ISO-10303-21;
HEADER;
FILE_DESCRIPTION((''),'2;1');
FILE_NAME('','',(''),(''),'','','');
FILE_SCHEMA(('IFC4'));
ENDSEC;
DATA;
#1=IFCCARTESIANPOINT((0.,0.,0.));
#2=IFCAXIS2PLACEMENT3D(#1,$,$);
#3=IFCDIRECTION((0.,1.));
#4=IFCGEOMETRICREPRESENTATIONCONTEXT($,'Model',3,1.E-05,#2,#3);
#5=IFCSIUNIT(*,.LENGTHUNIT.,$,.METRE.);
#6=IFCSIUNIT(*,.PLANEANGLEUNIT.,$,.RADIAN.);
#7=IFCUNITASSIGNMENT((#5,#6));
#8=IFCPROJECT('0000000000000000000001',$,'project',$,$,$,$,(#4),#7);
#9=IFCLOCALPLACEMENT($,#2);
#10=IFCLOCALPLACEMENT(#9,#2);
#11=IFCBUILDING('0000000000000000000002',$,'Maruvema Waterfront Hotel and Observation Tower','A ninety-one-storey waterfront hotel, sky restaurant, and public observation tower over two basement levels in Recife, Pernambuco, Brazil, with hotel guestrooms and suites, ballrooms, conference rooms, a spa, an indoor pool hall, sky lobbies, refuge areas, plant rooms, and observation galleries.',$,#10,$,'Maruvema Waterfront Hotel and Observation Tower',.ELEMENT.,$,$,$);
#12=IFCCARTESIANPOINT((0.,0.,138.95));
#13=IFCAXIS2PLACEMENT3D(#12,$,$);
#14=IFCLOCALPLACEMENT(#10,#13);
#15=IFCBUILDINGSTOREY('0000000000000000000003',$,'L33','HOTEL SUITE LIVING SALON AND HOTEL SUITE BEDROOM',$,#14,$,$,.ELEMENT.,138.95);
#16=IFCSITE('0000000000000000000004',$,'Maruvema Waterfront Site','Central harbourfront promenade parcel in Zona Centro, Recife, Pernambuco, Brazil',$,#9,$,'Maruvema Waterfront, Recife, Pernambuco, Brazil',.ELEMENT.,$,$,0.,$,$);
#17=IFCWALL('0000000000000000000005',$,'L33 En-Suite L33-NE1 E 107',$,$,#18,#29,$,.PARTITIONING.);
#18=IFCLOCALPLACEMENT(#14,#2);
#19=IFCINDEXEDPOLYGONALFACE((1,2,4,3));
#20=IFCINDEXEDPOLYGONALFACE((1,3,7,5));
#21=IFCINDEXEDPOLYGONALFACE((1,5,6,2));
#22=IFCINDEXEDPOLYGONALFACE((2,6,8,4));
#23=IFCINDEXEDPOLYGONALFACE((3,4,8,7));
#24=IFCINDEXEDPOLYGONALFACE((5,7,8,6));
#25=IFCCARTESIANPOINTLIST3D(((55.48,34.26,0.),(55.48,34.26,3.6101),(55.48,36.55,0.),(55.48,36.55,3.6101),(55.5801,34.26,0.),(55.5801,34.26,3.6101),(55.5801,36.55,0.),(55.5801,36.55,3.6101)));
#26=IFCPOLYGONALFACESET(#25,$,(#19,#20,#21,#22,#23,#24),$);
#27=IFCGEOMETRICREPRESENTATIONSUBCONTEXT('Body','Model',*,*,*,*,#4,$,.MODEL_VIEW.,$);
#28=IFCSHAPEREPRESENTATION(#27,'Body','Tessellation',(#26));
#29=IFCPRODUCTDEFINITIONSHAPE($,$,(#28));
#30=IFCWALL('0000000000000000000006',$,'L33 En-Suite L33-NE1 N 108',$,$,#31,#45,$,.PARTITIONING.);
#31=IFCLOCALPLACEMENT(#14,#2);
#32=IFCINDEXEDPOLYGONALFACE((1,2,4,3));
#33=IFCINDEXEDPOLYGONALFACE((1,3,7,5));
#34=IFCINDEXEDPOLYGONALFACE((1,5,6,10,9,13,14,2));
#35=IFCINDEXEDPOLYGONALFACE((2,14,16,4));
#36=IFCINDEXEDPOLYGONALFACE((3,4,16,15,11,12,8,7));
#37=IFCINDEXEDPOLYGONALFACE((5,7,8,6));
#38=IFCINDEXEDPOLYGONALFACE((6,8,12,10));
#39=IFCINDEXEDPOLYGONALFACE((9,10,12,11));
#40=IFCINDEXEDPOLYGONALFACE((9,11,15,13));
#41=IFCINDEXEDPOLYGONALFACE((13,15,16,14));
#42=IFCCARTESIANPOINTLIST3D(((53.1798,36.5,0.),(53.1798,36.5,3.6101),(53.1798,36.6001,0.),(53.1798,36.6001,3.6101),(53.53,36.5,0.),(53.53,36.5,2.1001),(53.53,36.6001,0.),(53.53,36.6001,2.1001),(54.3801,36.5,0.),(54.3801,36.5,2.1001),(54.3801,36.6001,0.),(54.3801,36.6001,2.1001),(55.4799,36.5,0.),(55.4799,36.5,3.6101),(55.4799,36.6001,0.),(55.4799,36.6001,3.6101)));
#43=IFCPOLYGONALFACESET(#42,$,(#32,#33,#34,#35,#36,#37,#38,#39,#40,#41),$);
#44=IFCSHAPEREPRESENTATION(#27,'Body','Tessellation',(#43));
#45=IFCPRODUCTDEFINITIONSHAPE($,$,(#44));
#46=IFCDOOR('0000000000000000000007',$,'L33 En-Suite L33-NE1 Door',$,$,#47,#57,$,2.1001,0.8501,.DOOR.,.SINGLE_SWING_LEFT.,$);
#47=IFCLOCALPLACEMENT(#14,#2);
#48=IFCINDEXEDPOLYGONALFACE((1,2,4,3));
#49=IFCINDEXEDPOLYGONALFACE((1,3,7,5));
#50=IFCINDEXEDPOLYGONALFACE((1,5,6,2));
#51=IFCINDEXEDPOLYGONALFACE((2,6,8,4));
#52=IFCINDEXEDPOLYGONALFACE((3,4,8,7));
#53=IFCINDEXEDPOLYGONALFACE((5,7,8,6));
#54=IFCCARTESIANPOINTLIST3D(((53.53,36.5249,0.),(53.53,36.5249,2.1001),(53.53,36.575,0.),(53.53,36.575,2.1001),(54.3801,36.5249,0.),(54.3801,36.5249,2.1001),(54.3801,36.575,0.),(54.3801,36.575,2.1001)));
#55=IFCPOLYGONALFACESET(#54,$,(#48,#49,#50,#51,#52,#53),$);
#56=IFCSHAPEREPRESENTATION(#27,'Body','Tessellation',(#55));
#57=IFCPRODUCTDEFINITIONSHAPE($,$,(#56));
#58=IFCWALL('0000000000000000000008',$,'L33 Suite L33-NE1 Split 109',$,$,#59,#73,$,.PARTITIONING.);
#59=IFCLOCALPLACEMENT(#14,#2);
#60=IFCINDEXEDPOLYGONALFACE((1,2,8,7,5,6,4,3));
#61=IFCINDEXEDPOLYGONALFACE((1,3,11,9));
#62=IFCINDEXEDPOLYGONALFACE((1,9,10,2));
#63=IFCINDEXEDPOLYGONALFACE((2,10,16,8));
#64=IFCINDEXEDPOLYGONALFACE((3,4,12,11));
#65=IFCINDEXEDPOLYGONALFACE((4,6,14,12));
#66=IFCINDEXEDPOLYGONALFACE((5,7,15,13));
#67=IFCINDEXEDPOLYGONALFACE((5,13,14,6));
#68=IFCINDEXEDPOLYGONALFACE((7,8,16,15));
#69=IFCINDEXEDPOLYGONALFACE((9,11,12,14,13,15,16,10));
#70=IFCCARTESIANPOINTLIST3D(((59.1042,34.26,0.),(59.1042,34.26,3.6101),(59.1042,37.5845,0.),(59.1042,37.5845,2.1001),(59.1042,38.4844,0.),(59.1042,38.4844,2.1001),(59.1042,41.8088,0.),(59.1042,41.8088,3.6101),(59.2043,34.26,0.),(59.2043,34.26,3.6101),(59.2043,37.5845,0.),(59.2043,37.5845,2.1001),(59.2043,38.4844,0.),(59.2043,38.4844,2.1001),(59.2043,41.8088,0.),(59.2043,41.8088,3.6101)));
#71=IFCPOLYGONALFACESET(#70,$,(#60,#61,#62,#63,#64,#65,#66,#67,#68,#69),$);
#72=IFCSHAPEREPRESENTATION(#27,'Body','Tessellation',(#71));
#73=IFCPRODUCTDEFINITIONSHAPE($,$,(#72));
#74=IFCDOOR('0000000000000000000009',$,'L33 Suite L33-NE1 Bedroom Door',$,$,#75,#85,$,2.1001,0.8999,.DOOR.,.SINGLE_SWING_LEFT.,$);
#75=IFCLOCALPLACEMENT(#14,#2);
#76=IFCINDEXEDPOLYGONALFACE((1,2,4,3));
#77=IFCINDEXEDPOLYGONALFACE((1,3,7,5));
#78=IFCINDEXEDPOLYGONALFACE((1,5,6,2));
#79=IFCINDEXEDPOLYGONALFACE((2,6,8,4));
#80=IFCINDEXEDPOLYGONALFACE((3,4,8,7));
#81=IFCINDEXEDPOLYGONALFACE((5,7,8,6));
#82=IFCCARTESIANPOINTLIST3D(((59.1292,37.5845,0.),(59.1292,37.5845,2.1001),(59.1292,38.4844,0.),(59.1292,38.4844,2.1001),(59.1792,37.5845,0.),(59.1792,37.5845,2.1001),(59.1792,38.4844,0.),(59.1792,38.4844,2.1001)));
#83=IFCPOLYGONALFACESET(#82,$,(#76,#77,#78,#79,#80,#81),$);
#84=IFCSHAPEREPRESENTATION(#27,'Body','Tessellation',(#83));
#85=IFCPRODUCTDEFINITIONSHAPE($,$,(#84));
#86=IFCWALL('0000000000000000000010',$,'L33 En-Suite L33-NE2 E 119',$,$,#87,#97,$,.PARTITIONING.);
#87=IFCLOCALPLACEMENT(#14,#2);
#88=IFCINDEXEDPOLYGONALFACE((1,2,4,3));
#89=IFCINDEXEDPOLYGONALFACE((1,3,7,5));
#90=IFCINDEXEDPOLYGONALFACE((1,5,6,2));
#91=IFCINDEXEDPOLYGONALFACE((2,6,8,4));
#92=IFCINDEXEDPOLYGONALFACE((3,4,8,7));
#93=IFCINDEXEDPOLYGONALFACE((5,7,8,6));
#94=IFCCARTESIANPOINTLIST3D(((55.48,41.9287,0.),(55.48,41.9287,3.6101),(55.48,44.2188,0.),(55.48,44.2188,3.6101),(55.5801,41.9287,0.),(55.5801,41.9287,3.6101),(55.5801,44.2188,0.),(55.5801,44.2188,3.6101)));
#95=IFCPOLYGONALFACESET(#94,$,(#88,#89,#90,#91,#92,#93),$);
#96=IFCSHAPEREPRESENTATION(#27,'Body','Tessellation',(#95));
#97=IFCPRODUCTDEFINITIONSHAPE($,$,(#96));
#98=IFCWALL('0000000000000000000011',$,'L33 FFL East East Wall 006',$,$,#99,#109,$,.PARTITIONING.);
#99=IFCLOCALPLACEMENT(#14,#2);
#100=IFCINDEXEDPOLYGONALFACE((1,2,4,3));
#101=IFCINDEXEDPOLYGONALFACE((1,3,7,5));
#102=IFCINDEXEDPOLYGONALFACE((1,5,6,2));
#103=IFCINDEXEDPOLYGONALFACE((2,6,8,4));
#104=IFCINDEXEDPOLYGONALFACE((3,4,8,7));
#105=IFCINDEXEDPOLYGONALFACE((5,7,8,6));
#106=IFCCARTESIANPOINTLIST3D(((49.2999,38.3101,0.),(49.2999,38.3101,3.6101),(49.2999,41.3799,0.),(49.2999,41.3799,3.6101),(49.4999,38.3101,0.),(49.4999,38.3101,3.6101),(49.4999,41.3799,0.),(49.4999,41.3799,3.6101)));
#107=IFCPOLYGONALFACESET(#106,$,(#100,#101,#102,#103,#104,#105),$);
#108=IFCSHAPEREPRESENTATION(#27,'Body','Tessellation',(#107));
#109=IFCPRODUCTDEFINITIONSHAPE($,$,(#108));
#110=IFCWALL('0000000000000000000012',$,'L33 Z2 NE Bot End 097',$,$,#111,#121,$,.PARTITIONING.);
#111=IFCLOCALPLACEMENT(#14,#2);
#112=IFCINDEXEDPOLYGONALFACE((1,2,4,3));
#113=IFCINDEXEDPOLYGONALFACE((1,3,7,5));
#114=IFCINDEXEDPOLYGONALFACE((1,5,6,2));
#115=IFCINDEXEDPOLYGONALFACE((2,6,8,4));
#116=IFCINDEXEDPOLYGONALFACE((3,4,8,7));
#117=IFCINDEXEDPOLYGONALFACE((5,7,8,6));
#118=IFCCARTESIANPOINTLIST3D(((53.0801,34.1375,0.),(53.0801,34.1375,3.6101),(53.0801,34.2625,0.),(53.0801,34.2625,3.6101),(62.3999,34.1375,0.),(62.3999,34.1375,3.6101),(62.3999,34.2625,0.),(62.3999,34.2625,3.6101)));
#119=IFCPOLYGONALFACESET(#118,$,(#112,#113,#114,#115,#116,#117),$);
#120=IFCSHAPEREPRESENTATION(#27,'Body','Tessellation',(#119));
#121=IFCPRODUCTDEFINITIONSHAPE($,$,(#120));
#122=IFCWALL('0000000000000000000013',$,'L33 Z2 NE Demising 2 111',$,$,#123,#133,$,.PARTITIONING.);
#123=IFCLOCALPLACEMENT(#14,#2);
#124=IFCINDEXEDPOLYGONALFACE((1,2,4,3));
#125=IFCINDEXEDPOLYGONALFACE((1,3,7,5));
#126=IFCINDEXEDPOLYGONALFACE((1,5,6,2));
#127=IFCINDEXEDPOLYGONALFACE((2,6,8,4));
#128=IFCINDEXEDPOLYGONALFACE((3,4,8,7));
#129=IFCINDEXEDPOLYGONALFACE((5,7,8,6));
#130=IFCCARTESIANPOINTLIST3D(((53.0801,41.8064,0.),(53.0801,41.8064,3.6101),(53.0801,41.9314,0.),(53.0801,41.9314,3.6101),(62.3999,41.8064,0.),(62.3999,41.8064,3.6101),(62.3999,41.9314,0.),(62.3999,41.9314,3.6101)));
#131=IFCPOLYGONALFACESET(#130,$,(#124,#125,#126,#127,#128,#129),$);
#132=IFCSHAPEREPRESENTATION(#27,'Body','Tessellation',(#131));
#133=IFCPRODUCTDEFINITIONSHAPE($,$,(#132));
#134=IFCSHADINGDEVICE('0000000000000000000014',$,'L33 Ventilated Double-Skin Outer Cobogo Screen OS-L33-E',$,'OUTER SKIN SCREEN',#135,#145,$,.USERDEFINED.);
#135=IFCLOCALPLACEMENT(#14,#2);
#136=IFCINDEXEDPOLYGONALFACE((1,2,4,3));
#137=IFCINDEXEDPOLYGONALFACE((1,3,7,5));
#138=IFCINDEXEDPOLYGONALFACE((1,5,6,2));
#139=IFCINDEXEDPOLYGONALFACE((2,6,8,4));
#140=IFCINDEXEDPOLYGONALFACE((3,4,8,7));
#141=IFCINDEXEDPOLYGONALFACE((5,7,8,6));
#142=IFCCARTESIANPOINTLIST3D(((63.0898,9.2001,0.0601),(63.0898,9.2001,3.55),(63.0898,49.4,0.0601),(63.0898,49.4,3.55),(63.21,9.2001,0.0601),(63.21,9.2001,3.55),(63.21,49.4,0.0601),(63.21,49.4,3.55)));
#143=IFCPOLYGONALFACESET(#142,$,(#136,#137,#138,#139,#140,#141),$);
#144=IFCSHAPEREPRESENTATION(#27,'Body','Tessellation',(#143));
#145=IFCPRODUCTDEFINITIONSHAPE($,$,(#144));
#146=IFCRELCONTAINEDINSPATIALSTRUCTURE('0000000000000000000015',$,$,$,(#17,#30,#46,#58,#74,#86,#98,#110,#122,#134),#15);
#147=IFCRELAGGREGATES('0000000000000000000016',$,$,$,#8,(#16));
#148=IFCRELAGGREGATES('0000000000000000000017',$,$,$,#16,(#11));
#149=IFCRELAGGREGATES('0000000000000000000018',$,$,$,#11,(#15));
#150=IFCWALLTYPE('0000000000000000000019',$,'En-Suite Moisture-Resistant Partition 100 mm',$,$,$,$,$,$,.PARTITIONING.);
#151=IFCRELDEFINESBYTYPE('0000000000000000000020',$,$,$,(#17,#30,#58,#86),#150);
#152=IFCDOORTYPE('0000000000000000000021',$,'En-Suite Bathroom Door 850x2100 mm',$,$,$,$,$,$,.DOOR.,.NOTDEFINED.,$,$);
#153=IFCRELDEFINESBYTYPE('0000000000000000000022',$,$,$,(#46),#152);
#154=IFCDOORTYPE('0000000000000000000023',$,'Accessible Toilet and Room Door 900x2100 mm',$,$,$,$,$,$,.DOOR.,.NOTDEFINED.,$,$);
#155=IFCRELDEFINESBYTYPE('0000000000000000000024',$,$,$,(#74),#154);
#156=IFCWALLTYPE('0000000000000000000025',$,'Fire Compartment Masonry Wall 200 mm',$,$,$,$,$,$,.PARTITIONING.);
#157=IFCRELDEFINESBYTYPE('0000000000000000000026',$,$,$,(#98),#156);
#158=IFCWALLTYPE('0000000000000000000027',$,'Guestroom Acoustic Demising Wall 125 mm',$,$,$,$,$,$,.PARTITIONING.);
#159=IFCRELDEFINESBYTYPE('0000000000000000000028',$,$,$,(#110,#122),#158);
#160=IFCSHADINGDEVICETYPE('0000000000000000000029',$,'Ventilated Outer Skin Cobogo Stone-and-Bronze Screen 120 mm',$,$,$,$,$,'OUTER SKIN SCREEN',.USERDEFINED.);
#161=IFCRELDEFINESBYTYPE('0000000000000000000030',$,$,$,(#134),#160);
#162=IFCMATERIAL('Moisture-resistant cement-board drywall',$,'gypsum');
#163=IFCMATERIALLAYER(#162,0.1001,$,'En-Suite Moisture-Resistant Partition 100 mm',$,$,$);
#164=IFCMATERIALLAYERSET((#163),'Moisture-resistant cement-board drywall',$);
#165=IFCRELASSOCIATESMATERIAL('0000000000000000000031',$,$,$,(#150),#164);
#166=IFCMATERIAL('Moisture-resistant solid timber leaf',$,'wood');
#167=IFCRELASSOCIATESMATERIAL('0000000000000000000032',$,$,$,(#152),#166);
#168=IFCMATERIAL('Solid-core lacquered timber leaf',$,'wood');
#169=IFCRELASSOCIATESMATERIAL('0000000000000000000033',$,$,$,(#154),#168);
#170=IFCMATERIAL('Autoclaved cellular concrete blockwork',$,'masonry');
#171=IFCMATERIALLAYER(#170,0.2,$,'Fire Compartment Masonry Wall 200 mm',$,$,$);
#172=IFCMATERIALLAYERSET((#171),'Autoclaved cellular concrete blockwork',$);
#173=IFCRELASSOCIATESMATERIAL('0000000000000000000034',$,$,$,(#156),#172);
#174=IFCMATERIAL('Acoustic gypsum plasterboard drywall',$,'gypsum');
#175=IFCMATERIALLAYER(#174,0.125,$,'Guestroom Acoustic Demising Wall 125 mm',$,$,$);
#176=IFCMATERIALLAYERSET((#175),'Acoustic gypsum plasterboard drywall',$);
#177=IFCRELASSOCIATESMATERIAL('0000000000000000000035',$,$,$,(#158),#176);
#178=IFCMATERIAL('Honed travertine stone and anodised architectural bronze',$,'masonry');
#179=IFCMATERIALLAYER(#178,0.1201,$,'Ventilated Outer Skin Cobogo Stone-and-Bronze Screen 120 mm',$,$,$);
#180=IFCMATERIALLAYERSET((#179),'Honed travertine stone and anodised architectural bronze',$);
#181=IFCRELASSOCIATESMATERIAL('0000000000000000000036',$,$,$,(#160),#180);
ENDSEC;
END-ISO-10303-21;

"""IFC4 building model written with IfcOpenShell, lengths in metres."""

from ifc_helpers import new_model, si_unit, direction, frame, frame_2d, origin, origin_2d, place, context, subcontext, project, spatial, rectangle, extrude, material, layer, layer_set, type_object, element, fill, save


model = new_model("IFC4")

# Units and contexts
model_context = context("Model", 3, precision=1e-05, world=origin(), true_north=direction((0.0, 1.0)))
body_context = subcontext(model_context, "Body", "Model", "MODEL_VIEW")
ifc_project = project(units=[si_unit("LENGTHUNIT", "METRE"), si_unit("PLANEANGLEUNIT", "RADIAN")], contexts=[model_context])

# Site, building, storey
site_placement = place(None, origin())
site = spatial("IfcSite", under=ifc_project, at=site_placement, Name="Maruvema Waterfront Site", Description="Central harbourfront promenade parcel in Zona Centro, Recife, Pernambuco, Brazil", LongName="Maruvema Waterfront, Recife, Pernambuco, Brazil", CompositionType="ELEMENT", RefElevation=0.0)
building_placement = place(site_placement, origin())
building = spatial("IfcBuilding", under=site, at=building_placement, Name="Maruvema Waterfront Hotel and Observation Tower", Description="A ninety-one-storey waterfront hotel, sky restaurant, and public observation tower over two basement levels in Recife, Pernambuco, Brazil, with hotel guestrooms and suites, ballrooms, conference rooms, a spa, an indoor pool hall, sky lobbies, refuge areas, plant rooms, and observation galleries.", LongName="Maruvema Waterfront Hotel and Observation Tower", CompositionType="ELEMENT")
storey_placement = place(building_placement, frame((0.0, 0.0, 138.95)))
storey = spatial("IfcBuildingStorey", under=building, at=storey_placement, Name="L33", Description="HOTEL SUITE LIVING SALON AND HOTEL SUITE BEDROOM", CompositionType="ELEMENT", Elevation=138.95)

# Wall
ifc_material_1 = material(Name="Moisture-resistant cement-board drywall", Category="gypsum")
ifc_layer_1 = layer(ifc_material_1, 0.1001, Name="En-Suite Moisture-Resistant Partition 100 mm")
ifc_layer_set_1 = layer_set([ifc_layer_1], Name="Moisture-resistant cement-board drywall")
wall_type_1 = type_object("IfcWallType", Name="En-Suite Moisture-Resistant Partition 100 mm", PredefinedType="PARTITIONING", material=ifc_layer_set_1)
wall_1_placement = place(storey_placement, frame((55.53, 34.26, 0.0), z_axis=(0.0, 0.0, 1.0), x_axis=(0.0, 1.0, 0.0)))
element("IfcWall", 1, at=wall_1_placement, inside=storey, type_object=wall_type_1, Name="L33 En-Suite L33-NE1 E 107", PredefinedType="PARTITIONING", context=body_context, shape_type="SweptSolid", body=[
    extrude(rectangle(XDim=2.29, YDim=0.1001, at=frame_2d((1.145, 0.0))), origin(), (0.0, 0.0, 1.0), 3.6101),
])

# Walls, openings, doors
wall_2_placement = place(storey_placement, frame((53.1799, 36.55, 0.0), z_axis=(0.0, 0.0, 1.0), x_axis=(1.0, 0.0, 0.0)))
wall_2 = element("IfcWall", 2, at=wall_2_placement, inside=storey, type_object=wall_type_1, Name="L33 En-Suite L33-NE1 N 108", PredefinedType="PARTITIONING", context=body_context, shape_type="SweptSolid", body=[
    extrude(rectangle(XDim=2.3, YDim=0.1001, at=frame_2d((1.1499, 0.0))), origin(), (0.0, 0.0, 1.0), 3.6101),
])
opening_1_placement = place(wall_2_placement, frame((0.3501, 0.0, 0.0)))
opening_1 = element("IfcOpeningElement", 3, at=opening_1_placement, cuts=wall_2, PredefinedType="OPENING", context=body_context, shape_type="SweptSolid", body=[
    extrude(rectangle(XDim=0.8501, YDim=2.1001, at=frame_2d((0.425, 1.05))), frame((0.0, 0.0601, 0.0), z_axis=(0.0, -1.0, 0.0), x_axis=(1.0, 0.0, 0.0)), (0.0, 0.0, 1.0), 0.1201),
])
ifc_material_2 = material(Name="Moisture-resistant solid timber leaf", Category="wood")
door_type_1 = type_object("IfcDoorType", Name="En-Suite Bathroom Door 850x2100 mm", OperationType="NOTDEFINED", PredefinedType="DOOR", material=ifc_material_2)
door_1_placement = place(opening_1_placement, origin())
door_1 = element("IfcDoor", 4, at=door_1_placement, inside=storey, type_object=door_type_1, Name="L33 En-Suite L33-NE1 Door", OperationType="SINGLE_SWING_LEFT", OverallHeight=2.1001, OverallWidth=0.8501, PredefinedType="DOOR", context=body_context, shape_type="SweptSolid", body=[
    extrude(rectangle(XDim=0.8501, YDim=2.1001, at=frame_2d((0.425, 1.05))), frame((0.0, 0.0249, 0.0), z_axis=(0.0, -1.0, 0.0), x_axis=(1.0, 0.0, 0.0)), (0.0, 0.0, 1.0), 0.05),
])
fill(opening_1, door_1)
wall_3_placement = place(storey_placement, frame((59.1543, 34.26, 0.0), z_axis=(0.0, 0.0, 1.0), x_axis=(0.0, 1.0, 0.0)))
wall_3 = element("IfcWall", 5, at=wall_3_placement, inside=storey, type_object=wall_type_1, Name="L33 Suite L33-NE1 Split 109", PredefinedType="PARTITIONING", context=body_context, shape_type="SweptSolid", body=[
    extrude(rectangle(XDim=7.5488, YDim=0.1001, at=frame_2d((3.7744, 0.0))), origin(), (0.0, 0.0, 1.0), 3.6101),
])
opening_2_placement = place(wall_3_placement, frame((3.3245, 0.0, 0.0)))
opening_2 = element("IfcOpeningElement", 6, at=opening_2_placement, cuts=wall_3, PredefinedType="OPENING", context=body_context, shape_type="SweptSolid", body=[
    extrude(rectangle(XDim=0.8999, YDim=2.1001, at=frame_2d((0.45, 1.05))), frame((0.0, 0.0601, 0.0), z_axis=(0.0, -1.0, 0.0), x_axis=(1.0, 0.0, 0.0)), (0.0, 0.0, 1.0), 0.1201),
])
ifc_material_3 = material(Name="Solid-core lacquered timber leaf", Category="wood")
door_type_2 = type_object("IfcDoorType", Name="Accessible Toilet and Room Door 900x2100 mm", OperationType="NOTDEFINED", PredefinedType="DOOR", material=ifc_material_3)
door_2_placement = place(opening_2_placement, frame((0.8999, 0.0, 0.0), z_axis=(0.0, 0.0, 1.0), x_axis=(-1.0, 0.0, 0.0)))
door_2 = element("IfcDoor", 7, at=door_2_placement, inside=storey, type_object=door_type_2, Name="L33 Suite L33-NE1 Bedroom Door", OperationType="SINGLE_SWING_LEFT", OverallHeight=2.1001, OverallWidth=0.8999, PredefinedType="DOOR", context=body_context, shape_type="SweptSolid", body=[
    extrude(rectangle(XDim=0.8999, YDim=2.1001, at=frame_2d((0.45, 1.05))), frame((0.0, 0.0249, 0.0), z_axis=(0.0, -1.0, 0.0), x_axis=(1.0, 0.0, 0.0)), (0.0, 0.0, 1.0), 0.05),
])
fill(opening_2, door_2)

# Walls
wall_4_placement = place(storey_placement, frame((55.53, 41.9287, 0.0), z_axis=(0.0, 0.0, 1.0), x_axis=(0.0, 1.0, 0.0)))
element("IfcWall", 8, at=wall_4_placement, inside=storey, type_object=wall_type_1, Name="L33 En-Suite L33-NE2 E 119", PredefinedType="PARTITIONING", context=body_context, shape_type="SweptSolid", body=[
    extrude(rectangle(XDim=2.29, YDim=0.1001, at=frame_2d((1.145, 0.0))), origin(), (0.0, 0.0, 1.0), 3.6101),
])
ifc_material_4 = material(Name="Autoclaved cellular concrete blockwork", Category="masonry")
ifc_layer_2 = layer(ifc_material_4, 0.2, Name="Fire Compartment Masonry Wall 200 mm")
ifc_layer_set_2 = layer_set([ifc_layer_2], Name="Autoclaved cellular concrete blockwork")
wall_type_2 = type_object("IfcWallType", Name="Fire Compartment Masonry Wall 200 mm", PredefinedType="PARTITIONING", material=ifc_layer_set_2)
wall_5_placement = place(storey_placement, frame((49.3999, 38.3101, 0.0), z_axis=(0.0, 0.0, 1.0), x_axis=(0.0, 1.0, 0.0)))
element("IfcWall", 9, at=wall_5_placement, inside=storey, type_object=wall_type_2, Name="L33 FFL East East Wall 006", PredefinedType="PARTITIONING", context=body_context, shape_type="SweptSolid", body=[
    extrude(rectangle(XDim=3.0698, YDim=0.2, at=frame_2d((1.5349, 0.0))), origin(), (0.0, 0.0, 1.0), 3.6101),
])
ifc_material_5 = material(Name="Acoustic gypsum plasterboard drywall", Category="gypsum")
ifc_layer_3 = layer(ifc_material_5, 0.125, Name="Guestroom Acoustic Demising Wall 125 mm")
ifc_layer_set_3 = layer_set([ifc_layer_3], Name="Acoustic gypsum plasterboard drywall")
wall_type_3 = type_object("IfcWallType", Name="Guestroom Acoustic Demising Wall 125 mm", PredefinedType="PARTITIONING", material=ifc_layer_set_3)
for number, where, z_axis, x_axis, name in (
    (10, (53.0801, 34.2, 0.0), (0.0, 0.0, 1.0), (1.0, 0.0, 0.0), "L33 Z2 NE Bot End 097"),
    (11, (53.0801, 41.8689, 0.0), (0.0, 0.0, 1.0), (1.0, 0.0, 0.0), "L33 Z2 NE Demising 2 111"),
):
    element("IfcWall", number, at=place(storey_placement, frame(where, z_axis=z_axis, x_axis=x_axis)), inside=storey, type_object=wall_type_3, Name=name, PredefinedType="PARTITIONING", context=body_context, shape_type="SweptSolid", body=[
        extrude(rectangle(XDim=9.3198, YDim=0.125, at=frame_2d((4.6599, 0.0))), origin(), (0.0, 0.0, 1.0), 3.6101),
    ])

# Shading device
ifc_material_6 = material(Name="Honed travertine stone and anodised architectural bronze", Category="masonry")
ifc_layer_4 = layer(ifc_material_6, 0.1201, Name="Ventilated Outer Skin Cobogo Stone-and-Bronze Screen 120 mm")
ifc_layer_set_4 = layer_set([ifc_layer_4], Name="Honed travertine stone and anodised architectural bronze")
shading_device_type = type_object("IfcShadingDeviceType", Name="Ventilated Outer Skin Cobogo Stone-and-Bronze Screen 120 mm", ElementType="OUTER SKIN SCREEN", PredefinedType="USERDEFINED", material=ifc_layer_set_4)
shading_device_placement = place(storey_placement, frame((63.1499, 29.3, 0.0601), z_axis=(0.0, 0.0, 1.0), x_axis=(0.0, 1.0, 0.0)))
element("IfcShadingDevice", 12, at=shading_device_placement, inside=storey, type_object=shading_device_type, Name="L33 Ventilated Double-Skin Outer Cobogo Screen OS-L33-E", ObjectType="OUTER SKIN SCREEN", PredefinedType="USERDEFINED", context=body_context, shape_type="SweptSolid", body=[
    extrude(rectangle(XDim=40.2, YDim=0.1201, at=origin_2d()), origin(), (0.0, 0.0, 1.0), 3.49),
])

save(model, "model.ifc")
